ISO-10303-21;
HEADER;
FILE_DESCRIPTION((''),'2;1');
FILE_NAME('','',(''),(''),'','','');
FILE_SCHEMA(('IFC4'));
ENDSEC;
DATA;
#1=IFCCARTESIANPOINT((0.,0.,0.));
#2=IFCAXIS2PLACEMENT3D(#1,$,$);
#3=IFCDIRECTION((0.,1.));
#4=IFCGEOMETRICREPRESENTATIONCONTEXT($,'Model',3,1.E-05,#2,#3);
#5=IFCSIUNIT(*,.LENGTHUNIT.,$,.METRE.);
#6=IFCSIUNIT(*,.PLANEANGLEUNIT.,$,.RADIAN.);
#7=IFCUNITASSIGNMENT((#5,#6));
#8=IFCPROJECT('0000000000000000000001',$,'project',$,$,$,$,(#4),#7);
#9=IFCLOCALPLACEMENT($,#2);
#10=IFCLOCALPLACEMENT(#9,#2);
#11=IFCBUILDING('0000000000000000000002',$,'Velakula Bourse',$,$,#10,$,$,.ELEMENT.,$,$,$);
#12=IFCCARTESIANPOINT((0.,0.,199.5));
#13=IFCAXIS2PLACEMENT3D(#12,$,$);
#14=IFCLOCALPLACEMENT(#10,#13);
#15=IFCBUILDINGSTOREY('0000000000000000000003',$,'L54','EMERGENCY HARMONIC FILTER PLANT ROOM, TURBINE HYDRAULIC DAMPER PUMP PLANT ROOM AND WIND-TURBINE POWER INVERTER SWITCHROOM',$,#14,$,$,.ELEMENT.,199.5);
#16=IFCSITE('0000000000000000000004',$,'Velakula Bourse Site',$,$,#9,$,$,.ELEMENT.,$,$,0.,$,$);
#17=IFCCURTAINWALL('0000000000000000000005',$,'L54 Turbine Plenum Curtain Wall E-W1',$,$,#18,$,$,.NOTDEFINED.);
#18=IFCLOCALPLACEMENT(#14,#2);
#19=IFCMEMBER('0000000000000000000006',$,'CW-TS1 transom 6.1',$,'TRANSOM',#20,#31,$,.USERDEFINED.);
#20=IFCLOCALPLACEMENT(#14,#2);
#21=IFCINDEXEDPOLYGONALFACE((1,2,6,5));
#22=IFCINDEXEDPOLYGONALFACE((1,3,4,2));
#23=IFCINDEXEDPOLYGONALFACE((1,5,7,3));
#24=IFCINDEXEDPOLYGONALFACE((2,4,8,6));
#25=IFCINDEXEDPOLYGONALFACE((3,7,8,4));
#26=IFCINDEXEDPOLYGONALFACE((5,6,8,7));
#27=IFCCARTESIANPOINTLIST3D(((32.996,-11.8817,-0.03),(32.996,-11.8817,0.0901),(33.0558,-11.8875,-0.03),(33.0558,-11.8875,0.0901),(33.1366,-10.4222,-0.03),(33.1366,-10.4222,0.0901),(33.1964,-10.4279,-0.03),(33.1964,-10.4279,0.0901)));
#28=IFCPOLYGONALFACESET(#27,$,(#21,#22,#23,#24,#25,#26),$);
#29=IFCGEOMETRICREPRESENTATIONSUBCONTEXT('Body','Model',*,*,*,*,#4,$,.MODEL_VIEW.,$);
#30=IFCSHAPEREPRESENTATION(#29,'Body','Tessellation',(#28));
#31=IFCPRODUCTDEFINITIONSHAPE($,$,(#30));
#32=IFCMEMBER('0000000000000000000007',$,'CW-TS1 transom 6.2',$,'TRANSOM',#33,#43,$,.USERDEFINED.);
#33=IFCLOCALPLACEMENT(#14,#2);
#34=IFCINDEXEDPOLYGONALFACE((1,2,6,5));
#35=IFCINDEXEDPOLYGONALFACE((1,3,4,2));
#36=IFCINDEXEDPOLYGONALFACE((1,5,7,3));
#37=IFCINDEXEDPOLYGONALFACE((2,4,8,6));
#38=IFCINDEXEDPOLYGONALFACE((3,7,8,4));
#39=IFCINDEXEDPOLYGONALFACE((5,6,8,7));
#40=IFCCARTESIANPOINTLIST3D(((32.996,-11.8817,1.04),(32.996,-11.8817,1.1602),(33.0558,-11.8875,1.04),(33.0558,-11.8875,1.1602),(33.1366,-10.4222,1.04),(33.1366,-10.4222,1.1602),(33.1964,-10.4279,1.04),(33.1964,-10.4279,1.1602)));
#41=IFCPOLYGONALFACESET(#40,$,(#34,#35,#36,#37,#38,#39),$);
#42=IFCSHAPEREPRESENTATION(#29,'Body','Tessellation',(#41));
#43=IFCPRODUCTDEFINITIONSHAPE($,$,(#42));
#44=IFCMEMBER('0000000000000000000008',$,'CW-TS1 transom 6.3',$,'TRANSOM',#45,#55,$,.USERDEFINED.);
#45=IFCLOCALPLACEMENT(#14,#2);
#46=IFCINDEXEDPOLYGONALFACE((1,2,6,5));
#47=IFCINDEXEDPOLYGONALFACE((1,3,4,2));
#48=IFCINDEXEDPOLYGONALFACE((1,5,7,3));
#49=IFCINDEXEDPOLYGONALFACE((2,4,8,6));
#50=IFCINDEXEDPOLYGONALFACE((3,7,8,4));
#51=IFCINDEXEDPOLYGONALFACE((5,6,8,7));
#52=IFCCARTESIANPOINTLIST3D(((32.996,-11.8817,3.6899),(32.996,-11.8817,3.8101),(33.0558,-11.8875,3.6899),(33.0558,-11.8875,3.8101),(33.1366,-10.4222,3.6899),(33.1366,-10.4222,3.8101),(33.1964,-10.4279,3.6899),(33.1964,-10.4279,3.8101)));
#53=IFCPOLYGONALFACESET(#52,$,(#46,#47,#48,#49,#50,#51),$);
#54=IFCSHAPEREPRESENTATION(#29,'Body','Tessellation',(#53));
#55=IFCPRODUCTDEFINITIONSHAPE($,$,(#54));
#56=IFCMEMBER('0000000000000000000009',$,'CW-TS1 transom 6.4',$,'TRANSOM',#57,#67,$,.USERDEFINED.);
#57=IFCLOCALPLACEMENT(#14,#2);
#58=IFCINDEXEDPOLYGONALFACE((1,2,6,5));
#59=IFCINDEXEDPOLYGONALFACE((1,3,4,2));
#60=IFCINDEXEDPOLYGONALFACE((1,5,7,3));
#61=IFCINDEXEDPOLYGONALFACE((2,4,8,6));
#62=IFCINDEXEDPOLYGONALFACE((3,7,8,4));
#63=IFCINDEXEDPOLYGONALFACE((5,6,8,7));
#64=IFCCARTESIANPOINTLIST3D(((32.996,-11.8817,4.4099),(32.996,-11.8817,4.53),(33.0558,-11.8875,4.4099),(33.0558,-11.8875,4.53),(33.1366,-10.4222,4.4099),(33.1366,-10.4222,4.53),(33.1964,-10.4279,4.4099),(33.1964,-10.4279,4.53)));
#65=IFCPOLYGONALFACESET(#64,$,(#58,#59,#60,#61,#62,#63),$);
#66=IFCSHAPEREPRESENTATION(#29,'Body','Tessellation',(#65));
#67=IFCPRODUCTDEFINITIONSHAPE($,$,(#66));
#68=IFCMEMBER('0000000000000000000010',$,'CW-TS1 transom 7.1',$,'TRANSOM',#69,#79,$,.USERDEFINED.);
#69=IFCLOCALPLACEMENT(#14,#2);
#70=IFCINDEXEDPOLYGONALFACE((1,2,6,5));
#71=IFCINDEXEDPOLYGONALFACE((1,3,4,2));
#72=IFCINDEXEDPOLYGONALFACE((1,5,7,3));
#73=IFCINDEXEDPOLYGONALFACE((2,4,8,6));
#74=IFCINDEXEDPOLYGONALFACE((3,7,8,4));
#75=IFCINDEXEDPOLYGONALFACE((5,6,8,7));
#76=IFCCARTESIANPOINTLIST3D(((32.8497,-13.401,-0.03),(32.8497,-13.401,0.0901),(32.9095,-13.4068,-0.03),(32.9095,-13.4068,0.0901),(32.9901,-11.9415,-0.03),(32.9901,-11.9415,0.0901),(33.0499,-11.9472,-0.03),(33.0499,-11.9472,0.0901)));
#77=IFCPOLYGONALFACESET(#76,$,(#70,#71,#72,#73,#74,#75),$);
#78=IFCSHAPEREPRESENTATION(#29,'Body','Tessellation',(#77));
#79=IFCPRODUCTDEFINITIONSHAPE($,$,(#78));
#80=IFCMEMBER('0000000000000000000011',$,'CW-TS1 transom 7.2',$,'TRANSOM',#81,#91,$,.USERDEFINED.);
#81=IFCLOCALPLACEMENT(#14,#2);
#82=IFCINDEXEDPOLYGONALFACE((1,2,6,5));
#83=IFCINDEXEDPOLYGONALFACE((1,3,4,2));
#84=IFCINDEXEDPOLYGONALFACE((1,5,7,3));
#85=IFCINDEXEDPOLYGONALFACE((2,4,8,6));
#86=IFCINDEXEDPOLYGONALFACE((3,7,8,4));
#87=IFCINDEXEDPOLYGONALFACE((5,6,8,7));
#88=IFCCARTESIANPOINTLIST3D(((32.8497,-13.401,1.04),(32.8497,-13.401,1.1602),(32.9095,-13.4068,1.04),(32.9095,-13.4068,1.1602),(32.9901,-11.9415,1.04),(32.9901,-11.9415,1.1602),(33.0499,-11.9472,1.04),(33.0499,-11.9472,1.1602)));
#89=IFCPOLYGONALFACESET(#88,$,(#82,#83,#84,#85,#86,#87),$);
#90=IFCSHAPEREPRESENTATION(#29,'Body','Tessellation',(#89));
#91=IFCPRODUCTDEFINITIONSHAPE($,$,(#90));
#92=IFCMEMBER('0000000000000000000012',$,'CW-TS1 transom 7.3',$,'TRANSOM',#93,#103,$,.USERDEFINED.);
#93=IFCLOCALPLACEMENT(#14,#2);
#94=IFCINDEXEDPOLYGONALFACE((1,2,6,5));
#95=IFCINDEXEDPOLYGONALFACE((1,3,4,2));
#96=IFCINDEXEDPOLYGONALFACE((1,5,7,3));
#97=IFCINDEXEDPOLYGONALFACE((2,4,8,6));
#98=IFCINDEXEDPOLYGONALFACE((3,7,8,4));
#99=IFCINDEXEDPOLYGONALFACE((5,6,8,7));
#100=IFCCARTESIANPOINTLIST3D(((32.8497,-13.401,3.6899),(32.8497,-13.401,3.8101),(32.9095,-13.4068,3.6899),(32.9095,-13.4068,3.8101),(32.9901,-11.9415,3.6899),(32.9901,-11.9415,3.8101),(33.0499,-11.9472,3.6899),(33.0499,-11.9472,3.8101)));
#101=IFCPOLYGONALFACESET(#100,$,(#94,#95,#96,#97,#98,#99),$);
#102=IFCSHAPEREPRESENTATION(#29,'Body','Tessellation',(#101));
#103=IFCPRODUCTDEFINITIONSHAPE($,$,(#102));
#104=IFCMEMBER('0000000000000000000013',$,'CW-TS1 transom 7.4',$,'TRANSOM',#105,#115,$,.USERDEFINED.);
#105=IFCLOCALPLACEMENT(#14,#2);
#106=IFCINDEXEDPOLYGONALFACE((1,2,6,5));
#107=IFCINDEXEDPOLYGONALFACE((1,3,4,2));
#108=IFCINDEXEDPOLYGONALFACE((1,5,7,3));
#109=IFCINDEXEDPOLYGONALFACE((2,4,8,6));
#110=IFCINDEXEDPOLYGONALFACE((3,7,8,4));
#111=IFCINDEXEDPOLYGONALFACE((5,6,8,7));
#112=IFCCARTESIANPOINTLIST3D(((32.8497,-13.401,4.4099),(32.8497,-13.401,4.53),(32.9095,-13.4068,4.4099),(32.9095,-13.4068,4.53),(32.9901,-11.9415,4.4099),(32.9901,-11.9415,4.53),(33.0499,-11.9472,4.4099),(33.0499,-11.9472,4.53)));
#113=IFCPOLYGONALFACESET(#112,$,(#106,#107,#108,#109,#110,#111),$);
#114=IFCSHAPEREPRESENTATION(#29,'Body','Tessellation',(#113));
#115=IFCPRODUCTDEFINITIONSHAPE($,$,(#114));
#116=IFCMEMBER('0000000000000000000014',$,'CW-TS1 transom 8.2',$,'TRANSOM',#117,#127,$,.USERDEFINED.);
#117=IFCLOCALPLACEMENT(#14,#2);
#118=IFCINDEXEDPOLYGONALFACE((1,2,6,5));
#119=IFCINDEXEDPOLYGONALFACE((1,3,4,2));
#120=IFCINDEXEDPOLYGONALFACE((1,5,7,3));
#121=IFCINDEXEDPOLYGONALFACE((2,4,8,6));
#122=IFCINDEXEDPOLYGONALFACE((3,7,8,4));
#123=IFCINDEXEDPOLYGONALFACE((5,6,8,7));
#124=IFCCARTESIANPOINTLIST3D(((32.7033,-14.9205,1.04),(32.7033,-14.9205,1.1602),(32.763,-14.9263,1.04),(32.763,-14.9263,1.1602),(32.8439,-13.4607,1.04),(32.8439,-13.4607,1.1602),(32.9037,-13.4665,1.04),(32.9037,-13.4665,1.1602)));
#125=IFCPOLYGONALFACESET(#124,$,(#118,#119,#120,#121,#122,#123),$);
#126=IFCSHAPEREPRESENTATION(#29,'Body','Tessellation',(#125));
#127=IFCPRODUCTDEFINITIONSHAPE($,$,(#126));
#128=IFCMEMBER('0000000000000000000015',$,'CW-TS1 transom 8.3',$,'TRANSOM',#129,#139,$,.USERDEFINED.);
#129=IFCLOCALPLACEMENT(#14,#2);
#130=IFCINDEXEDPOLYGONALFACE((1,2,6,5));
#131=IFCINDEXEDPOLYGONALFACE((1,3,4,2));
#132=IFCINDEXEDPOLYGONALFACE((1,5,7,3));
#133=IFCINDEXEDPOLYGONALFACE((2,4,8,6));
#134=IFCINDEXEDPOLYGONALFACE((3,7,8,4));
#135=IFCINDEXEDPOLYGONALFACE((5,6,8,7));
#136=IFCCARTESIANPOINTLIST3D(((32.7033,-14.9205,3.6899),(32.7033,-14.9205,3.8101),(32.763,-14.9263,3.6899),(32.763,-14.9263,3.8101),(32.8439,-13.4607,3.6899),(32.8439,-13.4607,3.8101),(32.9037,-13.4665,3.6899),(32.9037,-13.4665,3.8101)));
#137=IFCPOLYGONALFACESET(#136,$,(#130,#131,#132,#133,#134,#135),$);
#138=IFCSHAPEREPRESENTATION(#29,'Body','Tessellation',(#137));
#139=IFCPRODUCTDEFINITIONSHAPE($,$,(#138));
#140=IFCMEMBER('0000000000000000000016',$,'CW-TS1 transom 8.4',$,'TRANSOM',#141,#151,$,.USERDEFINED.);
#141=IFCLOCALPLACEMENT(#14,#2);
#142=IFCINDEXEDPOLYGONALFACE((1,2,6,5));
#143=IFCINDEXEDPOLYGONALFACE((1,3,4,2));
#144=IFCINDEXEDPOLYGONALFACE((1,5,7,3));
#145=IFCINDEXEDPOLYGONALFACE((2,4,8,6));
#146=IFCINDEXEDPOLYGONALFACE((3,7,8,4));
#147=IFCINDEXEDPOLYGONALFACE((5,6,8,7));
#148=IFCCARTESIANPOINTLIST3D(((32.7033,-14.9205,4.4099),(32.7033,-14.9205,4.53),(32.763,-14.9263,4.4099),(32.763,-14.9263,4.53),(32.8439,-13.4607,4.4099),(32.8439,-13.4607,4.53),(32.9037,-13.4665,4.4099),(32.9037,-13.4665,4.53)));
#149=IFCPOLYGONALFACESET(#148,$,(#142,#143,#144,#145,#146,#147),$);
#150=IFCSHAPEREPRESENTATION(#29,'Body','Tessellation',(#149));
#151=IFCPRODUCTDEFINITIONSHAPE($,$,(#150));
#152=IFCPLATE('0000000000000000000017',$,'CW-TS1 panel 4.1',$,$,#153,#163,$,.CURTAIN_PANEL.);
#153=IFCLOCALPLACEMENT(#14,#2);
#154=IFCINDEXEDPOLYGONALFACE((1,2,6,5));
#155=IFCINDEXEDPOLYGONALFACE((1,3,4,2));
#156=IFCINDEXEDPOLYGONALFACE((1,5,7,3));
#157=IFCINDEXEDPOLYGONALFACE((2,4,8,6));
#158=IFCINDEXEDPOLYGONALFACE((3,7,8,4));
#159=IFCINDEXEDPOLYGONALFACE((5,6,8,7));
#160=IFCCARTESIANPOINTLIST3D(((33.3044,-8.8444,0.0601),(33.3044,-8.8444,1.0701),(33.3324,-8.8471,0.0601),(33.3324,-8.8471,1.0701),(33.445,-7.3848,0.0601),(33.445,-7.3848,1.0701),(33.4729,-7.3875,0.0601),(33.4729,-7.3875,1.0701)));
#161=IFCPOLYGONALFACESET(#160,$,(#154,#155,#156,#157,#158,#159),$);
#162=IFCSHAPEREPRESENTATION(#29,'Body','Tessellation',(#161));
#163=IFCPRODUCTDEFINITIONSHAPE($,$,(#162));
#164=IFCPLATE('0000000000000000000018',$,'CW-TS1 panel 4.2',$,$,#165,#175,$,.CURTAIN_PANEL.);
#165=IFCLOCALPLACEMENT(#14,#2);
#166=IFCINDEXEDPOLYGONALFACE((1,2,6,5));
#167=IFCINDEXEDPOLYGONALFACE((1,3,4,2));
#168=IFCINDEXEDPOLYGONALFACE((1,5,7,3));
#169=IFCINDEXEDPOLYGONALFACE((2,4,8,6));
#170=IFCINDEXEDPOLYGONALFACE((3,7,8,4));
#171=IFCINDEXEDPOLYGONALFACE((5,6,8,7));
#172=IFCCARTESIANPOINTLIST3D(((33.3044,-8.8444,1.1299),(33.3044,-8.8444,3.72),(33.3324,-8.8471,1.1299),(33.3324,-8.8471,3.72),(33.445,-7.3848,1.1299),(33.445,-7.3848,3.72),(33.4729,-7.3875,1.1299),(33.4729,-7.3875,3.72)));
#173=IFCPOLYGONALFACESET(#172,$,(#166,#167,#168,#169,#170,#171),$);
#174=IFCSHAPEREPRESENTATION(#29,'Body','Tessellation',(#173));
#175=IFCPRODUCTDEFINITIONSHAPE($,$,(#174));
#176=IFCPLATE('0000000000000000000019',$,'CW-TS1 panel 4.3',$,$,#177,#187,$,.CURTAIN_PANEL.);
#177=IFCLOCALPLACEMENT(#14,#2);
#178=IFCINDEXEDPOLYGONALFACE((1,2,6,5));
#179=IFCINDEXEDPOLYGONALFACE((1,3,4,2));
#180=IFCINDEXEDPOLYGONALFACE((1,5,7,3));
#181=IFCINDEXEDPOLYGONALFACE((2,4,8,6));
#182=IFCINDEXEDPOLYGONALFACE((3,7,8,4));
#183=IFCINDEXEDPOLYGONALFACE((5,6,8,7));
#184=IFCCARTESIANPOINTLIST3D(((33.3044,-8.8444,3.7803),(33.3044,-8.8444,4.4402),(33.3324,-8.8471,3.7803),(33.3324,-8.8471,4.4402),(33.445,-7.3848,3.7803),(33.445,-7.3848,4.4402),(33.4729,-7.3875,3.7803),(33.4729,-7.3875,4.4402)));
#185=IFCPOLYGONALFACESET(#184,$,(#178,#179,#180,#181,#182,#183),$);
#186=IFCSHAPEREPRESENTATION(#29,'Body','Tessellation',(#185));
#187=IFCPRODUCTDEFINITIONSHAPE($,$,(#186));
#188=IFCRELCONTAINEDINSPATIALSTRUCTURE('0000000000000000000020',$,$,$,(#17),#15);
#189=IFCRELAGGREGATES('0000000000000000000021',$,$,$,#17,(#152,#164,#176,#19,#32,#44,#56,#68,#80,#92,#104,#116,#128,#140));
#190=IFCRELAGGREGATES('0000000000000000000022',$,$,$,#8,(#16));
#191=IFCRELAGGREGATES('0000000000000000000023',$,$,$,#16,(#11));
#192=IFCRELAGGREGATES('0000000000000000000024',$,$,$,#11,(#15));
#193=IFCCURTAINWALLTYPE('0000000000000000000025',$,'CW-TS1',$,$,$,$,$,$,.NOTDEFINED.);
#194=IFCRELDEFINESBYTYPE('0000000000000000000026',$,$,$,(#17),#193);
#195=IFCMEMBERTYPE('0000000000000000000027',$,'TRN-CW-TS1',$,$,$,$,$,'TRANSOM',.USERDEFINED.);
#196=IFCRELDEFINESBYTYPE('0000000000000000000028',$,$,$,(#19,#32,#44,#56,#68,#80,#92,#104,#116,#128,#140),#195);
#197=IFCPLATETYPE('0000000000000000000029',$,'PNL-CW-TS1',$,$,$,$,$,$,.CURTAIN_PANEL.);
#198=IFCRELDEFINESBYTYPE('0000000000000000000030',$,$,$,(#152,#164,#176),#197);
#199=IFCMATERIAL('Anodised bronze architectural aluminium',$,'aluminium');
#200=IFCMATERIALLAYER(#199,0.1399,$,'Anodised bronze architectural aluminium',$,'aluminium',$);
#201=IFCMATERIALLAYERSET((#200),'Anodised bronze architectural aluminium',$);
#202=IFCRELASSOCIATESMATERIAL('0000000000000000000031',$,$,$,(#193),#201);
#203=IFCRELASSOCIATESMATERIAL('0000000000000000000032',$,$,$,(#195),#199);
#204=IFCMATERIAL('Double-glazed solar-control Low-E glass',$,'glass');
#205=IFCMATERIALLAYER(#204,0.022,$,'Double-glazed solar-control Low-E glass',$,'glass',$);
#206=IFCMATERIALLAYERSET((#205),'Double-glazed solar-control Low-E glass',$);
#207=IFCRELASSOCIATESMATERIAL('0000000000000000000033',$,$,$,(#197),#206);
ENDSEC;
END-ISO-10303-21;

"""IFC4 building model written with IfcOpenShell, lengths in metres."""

from ifc_helpers import new_model, si_unit, direction, frame, origin, origin_2d, place, context, subcontext, project, spatial, rectangle, extrude, material, layer, layer_set, material_profile, profile_set, type_object, element, aggregate, save


model = new_model("IFC4")

# Units and contexts
model_context = context("Model", 3, precision=1e-05, world=origin(), true_north=direction((0.0, 1.0)))
body_context = subcontext(model_context, "Body", "Model", "MODEL_VIEW")
ifc_project = project(units=[si_unit("LENGTHUNIT", "METRE"), si_unit("PLANEANGLEUNIT", "RADIAN")], contexts=[model_context])

# Site, building, storey
site_placement = place(None, origin())
site = spatial("IfcSite", under=ifc_project, at=site_placement, Name="Velakula Bourse Site", CompositionType="ELEMENT", RefElevation=0.0)
building_placement = place(site_placement, origin())
building = spatial("IfcBuilding", under=site, at=building_placement, Name="Velakula Bourse", CompositionType="ELEMENT")
storey_placement = place(building_placement, frame((0.0, 0.0, 199.5)))
storey = spatial("IfcBuildingStorey", under=building, at=storey_placement, Name="L54", Description="EMERGENCY HARMONIC FILTER PLANT ROOM, TURBINE HYDRAULIC DAMPER PUMP PLANT ROOM AND WIND-TURBINE POWER INVERTER SWITCHROOM", CompositionType="ELEMENT", Elevation=199.5)

# Curtain wall
ifc_material_1 = material(Name="Anodised bronze architectural aluminium", Category="aluminium")
ifc_layer_1 = layer(ifc_material_1, 0.1399, Name="Anodised bronze architectural aluminium", Category="aluminium")
ifc_layer_set_1 = layer_set([ifc_layer_1], Name="Anodised bronze architectural aluminium")
curtain_wall_type = type_object("IfcCurtainWallType", Name="CW-TS1", PredefinedType="NOTDEFINED", material=ifc_layer_set_1)
curtain_wall_placement = place(storey_placement, origin())
curtain_wall = element("IfcCurtainWall", 1, at=curtain_wall_placement, inside=storey, type_object=curtain_wall_type, Name="L54 Turbine Plenum Curtain Wall E-W1", PredefinedType="NOTDEFINED")

# Members
ifc_material_profile_1 = material_profile(ifc_material_1, rectangle(XDim=0.0601, YDim=0.1201, at=origin_2d()), Name="Anodised bronze architectural aluminium")
ifc_profile_set_1 = profile_set([ifc_material_profile_1], Name="Anodised bronze architectural aluminium")
member_type_1 = type_object("IfcMemberType", Name="TRN-CW-TS1", ElementType="TRANSOM", PredefinedType="USERDEFINED", material=ifc_profile_set_1)
member_1_placement = place(storey_placement, frame((33.1665, -10.425, 0.03), z_axis=(-0.095909, -0.99539, 0.0), x_axis=(0.99539, -0.095909, 0.0)))
member_1 = element("IfcMember", 2, at=member_1_placement, type_object=member_type_1, Name="CW-TS1 transom 6.1", ObjectType="TRANSOM", PredefinedType="USERDEFINED", context=body_context, shape_type="SweptSolid", body=[
    extrude(rectangle(XDim=0.0601, YDim=0.1201, at=origin_2d()), origin(), (0.0, 0.0, 1.0), 1.4663),
])
member_2_placement = place(storey_placement, frame((33.1665, -10.425, 1.1001), z_axis=(-0.095909, -0.99539, 0.0), x_axis=(0.99539, -0.095909, 0.0)))
member_2 = element("IfcMember", 3, at=member_2_placement, type_object=member_type_1, Name="CW-TS1 transom 6.2", ObjectType="TRANSOM", PredefinedType="USERDEFINED", context=body_context, shape_type="SweptSolid", body=[
    extrude(rectangle(XDim=0.0601, YDim=0.1201, at=origin_2d()), origin(), (0.0, 0.0, 1.0), 1.4663),
])
member_3_placement = place(storey_placement, frame((33.1665, -10.425, 3.75), z_axis=(-0.095909, -0.99539, 0.0), x_axis=(0.99539, -0.095909, 0.0)))
member_3 = element("IfcMember", 4, at=member_3_placement, type_object=member_type_1, Name="CW-TS1 transom 6.3", ObjectType="TRANSOM", PredefinedType="USERDEFINED", context=body_context, shape_type="SweptSolid", body=[
    extrude(rectangle(XDim=0.0601, YDim=0.1201, at=origin_2d()), origin(), (0.0, 0.0, 1.0), 1.4663),
])
member_4_placement = place(storey_placement, frame((33.1665, -10.425, 4.47), z_axis=(-0.095909, -0.99539, 0.0), x_axis=(0.99539, -0.095909, 0.0)))
member_4 = element("IfcMember", 5, at=member_4_placement, type_object=member_type_1, Name="CW-TS1 transom 6.4", ObjectType="TRANSOM", PredefinedType="USERDEFINED", context=body_context, shape_type="SweptSolid", body=[
    extrude(rectangle(XDim=0.0601, YDim=0.1201, at=origin_2d()), origin(), (0.0, 0.0, 1.0), 1.4663),
])
member_5_placement = place(storey_placement, frame((33.02, -11.9443, 0.03), z_axis=(-0.095744, -0.995406, 0.0), x_axis=(0.995406, -0.095744, 0.0)))
member_5 = element("IfcMember", 6, at=member_5_placement, type_object=member_type_1, Name="CW-TS1 transom 7.1", ObjectType="TRANSOM", PredefinedType="USERDEFINED", context=body_context, shape_type="SweptSolid", body=[
    extrude(rectangle(XDim=0.0601, YDim=0.1201, at=origin_2d()), origin(), (0.0, 0.0, 1.0), 1.4663),
])
member_6_placement = place(storey_placement, frame((33.02, -11.9443, 1.1001), z_axis=(-0.095744, -0.995406, 0.0), x_axis=(0.995406, -0.095744, 0.0)))
member_6 = element("IfcMember", 7, at=member_6_placement, type_object=member_type_1, Name="CW-TS1 transom 7.2", ObjectType="TRANSOM", PredefinedType="USERDEFINED", context=body_context, shape_type="SweptSolid", body=[
    extrude(rectangle(XDim=0.0601, YDim=0.1201, at=origin_2d()), origin(), (0.0, 0.0, 1.0), 1.4663),
])
member_7_placement = place(storey_placement, frame((33.02, -11.9443, 3.75), z_axis=(-0.095744, -0.995406, 0.0), x_axis=(0.995406, -0.095744, 0.0)))
member_7 = element("IfcMember", 8, at=member_7_placement, type_object=member_type_1, Name="CW-TS1 transom 7.3", ObjectType="TRANSOM", PredefinedType="USERDEFINED", context=body_context, shape_type="SweptSolid", body=[
    extrude(rectangle(XDim=0.0601, YDim=0.1201, at=origin_2d()), origin(), (0.0, 0.0, 1.0), 1.4663),
])
member_8_placement = place(storey_placement, frame((33.02, -11.9443, 4.47), z_axis=(-0.095744, -0.995406, 0.0), x_axis=(0.995406, -0.095744, 0.0)))
member_8 = element("IfcMember", 9, at=member_8_placement, type_object=member_type_1, Name="CW-TS1 transom 7.4", ObjectType="TRANSOM", PredefinedType="USERDEFINED", context=body_context, shape_type="SweptSolid", body=[
    extrude(rectangle(XDim=0.0601, YDim=0.1201, at=origin_2d()), origin(), (0.0, 0.0, 1.0), 1.4663),
])
member_9_placement = place(storey_placement, frame((32.8738, -13.4636, 1.1001), z_axis=(-0.095893, -0.995392, 0.0), x_axis=(0.995392, -0.095893, 0.0)))
member_9 = element("IfcMember", 10, at=member_9_placement, type_object=member_type_1, Name="CW-TS1 transom 8.2", ObjectType="TRANSOM", PredefinedType="USERDEFINED", context=body_context, shape_type="SweptSolid", body=[
    extrude(rectangle(XDim=0.0601, YDim=0.1201, at=origin_2d()), origin(), (0.0, 0.0, 1.0), 1.4666),
])
member_10_placement = place(storey_placement, frame((32.8738, -13.4636, 3.75), z_axis=(-0.095893, -0.995392, 0.0), x_axis=(0.995392, -0.095893, 0.0)))
member_10 = element("IfcMember", 11, at=member_10_placement, type_object=member_type_1, Name="CW-TS1 transom 8.3", ObjectType="TRANSOM", PredefinedType="USERDEFINED", context=body_context, shape_type="SweptSolid", body=[
    extrude(rectangle(XDim=0.0601, YDim=0.1201, at=origin_2d()), origin(), (0.0, 0.0, 1.0), 1.4666),
])
member_11_placement = place(storey_placement, frame((32.8738, -13.4636, 4.47), z_axis=(-0.095893, -0.995392, 0.0), x_axis=(0.995392, -0.095893, 0.0)))
member_11 = element("IfcMember", 12, at=member_11_placement, type_object=member_type_1, Name="CW-TS1 transom 8.4", ObjectType="TRANSOM", PredefinedType="USERDEFINED", context=body_context, shape_type="SweptSolid", body=[
    extrude(rectangle(XDim=0.0601, YDim=0.1201, at=origin_2d()), origin(), (0.0, 0.0, 1.0), 1.4666),
])

# Plates
ifc_material_2 = material(Name="Double-glazed solar-control Low-E glass", Category="glass")
ifc_layer_2 = layer(ifc_material_2, 0.022, Name="Double-glazed solar-control Low-E glass", Category="glass")
ifc_layer_set_2 = layer_set([ifc_layer_2], Name="Double-glazed solar-control Low-E glass")
plate_type = type_object("IfcPlateType", Name="PNL-CW-TS1", PredefinedType="CURTAIN_PANEL", material=ifc_layer_set_2)
plate_1_placement = place(storey_placement, frame((33.3887, -8.116, 0.0601), z_axis=(0.0, 0.0, 1.0), x_axis=(-0.095849, -0.995396, 0.0)))
plate_1 = element("IfcPlate", 13, at=plate_1_placement, type_object=plate_type, Name="CW-TS1 panel 4.1", PredefinedType="CURTAIN_PANEL", context=body_context, shape_type="SweptSolid", body=[
    extrude(rectangle(XDim=1.4663, YDim=0.0281, at=origin_2d()), origin(), (0.0, 0.0, 1.0), 1.01),
])
plate_2_placement = place(storey_placement, frame((33.3887, -8.116, 1.1299), z_axis=(0.0, 0.0, 1.0), x_axis=(-0.095849, -0.995396, 0.0)))
plate_2 = element("IfcPlate", 14, at=plate_2_placement, type_object=plate_type, Name="CW-TS1 panel 4.2", PredefinedType="CURTAIN_PANEL", context=body_context, shape_type="SweptSolid", body=[
    extrude(rectangle(XDim=1.4663, YDim=0.0281, at=origin_2d()), origin(), (0.0, 0.0, 1.0), 2.5901),
])
plate_3_placement = place(storey_placement, frame((33.3887, -8.116, 3.7803), z_axis=(0.0, 0.0, 1.0), x_axis=(-0.095849, -0.995396, 0.0)))
plate_3 = element("IfcPlate", 15, at=plate_3_placement, type_object=plate_type, Name="CW-TS1 panel 4.3", PredefinedType="CURTAIN_PANEL", context=body_context, shape_type="SweptSolid", body=[
    extrude(rectangle(XDim=1.4663, YDim=0.0281, at=origin_2d()), origin(), (0.0, 0.0, 1.0), 0.6599),
])
aggregate(curtain_wall, [plate_1, plate_2, plate_3, member_1, member_2, member_3, member_4, member_5, member_6, member_7, member_8, member_9, member_10, member_11])

save(model, "model.ifc")
